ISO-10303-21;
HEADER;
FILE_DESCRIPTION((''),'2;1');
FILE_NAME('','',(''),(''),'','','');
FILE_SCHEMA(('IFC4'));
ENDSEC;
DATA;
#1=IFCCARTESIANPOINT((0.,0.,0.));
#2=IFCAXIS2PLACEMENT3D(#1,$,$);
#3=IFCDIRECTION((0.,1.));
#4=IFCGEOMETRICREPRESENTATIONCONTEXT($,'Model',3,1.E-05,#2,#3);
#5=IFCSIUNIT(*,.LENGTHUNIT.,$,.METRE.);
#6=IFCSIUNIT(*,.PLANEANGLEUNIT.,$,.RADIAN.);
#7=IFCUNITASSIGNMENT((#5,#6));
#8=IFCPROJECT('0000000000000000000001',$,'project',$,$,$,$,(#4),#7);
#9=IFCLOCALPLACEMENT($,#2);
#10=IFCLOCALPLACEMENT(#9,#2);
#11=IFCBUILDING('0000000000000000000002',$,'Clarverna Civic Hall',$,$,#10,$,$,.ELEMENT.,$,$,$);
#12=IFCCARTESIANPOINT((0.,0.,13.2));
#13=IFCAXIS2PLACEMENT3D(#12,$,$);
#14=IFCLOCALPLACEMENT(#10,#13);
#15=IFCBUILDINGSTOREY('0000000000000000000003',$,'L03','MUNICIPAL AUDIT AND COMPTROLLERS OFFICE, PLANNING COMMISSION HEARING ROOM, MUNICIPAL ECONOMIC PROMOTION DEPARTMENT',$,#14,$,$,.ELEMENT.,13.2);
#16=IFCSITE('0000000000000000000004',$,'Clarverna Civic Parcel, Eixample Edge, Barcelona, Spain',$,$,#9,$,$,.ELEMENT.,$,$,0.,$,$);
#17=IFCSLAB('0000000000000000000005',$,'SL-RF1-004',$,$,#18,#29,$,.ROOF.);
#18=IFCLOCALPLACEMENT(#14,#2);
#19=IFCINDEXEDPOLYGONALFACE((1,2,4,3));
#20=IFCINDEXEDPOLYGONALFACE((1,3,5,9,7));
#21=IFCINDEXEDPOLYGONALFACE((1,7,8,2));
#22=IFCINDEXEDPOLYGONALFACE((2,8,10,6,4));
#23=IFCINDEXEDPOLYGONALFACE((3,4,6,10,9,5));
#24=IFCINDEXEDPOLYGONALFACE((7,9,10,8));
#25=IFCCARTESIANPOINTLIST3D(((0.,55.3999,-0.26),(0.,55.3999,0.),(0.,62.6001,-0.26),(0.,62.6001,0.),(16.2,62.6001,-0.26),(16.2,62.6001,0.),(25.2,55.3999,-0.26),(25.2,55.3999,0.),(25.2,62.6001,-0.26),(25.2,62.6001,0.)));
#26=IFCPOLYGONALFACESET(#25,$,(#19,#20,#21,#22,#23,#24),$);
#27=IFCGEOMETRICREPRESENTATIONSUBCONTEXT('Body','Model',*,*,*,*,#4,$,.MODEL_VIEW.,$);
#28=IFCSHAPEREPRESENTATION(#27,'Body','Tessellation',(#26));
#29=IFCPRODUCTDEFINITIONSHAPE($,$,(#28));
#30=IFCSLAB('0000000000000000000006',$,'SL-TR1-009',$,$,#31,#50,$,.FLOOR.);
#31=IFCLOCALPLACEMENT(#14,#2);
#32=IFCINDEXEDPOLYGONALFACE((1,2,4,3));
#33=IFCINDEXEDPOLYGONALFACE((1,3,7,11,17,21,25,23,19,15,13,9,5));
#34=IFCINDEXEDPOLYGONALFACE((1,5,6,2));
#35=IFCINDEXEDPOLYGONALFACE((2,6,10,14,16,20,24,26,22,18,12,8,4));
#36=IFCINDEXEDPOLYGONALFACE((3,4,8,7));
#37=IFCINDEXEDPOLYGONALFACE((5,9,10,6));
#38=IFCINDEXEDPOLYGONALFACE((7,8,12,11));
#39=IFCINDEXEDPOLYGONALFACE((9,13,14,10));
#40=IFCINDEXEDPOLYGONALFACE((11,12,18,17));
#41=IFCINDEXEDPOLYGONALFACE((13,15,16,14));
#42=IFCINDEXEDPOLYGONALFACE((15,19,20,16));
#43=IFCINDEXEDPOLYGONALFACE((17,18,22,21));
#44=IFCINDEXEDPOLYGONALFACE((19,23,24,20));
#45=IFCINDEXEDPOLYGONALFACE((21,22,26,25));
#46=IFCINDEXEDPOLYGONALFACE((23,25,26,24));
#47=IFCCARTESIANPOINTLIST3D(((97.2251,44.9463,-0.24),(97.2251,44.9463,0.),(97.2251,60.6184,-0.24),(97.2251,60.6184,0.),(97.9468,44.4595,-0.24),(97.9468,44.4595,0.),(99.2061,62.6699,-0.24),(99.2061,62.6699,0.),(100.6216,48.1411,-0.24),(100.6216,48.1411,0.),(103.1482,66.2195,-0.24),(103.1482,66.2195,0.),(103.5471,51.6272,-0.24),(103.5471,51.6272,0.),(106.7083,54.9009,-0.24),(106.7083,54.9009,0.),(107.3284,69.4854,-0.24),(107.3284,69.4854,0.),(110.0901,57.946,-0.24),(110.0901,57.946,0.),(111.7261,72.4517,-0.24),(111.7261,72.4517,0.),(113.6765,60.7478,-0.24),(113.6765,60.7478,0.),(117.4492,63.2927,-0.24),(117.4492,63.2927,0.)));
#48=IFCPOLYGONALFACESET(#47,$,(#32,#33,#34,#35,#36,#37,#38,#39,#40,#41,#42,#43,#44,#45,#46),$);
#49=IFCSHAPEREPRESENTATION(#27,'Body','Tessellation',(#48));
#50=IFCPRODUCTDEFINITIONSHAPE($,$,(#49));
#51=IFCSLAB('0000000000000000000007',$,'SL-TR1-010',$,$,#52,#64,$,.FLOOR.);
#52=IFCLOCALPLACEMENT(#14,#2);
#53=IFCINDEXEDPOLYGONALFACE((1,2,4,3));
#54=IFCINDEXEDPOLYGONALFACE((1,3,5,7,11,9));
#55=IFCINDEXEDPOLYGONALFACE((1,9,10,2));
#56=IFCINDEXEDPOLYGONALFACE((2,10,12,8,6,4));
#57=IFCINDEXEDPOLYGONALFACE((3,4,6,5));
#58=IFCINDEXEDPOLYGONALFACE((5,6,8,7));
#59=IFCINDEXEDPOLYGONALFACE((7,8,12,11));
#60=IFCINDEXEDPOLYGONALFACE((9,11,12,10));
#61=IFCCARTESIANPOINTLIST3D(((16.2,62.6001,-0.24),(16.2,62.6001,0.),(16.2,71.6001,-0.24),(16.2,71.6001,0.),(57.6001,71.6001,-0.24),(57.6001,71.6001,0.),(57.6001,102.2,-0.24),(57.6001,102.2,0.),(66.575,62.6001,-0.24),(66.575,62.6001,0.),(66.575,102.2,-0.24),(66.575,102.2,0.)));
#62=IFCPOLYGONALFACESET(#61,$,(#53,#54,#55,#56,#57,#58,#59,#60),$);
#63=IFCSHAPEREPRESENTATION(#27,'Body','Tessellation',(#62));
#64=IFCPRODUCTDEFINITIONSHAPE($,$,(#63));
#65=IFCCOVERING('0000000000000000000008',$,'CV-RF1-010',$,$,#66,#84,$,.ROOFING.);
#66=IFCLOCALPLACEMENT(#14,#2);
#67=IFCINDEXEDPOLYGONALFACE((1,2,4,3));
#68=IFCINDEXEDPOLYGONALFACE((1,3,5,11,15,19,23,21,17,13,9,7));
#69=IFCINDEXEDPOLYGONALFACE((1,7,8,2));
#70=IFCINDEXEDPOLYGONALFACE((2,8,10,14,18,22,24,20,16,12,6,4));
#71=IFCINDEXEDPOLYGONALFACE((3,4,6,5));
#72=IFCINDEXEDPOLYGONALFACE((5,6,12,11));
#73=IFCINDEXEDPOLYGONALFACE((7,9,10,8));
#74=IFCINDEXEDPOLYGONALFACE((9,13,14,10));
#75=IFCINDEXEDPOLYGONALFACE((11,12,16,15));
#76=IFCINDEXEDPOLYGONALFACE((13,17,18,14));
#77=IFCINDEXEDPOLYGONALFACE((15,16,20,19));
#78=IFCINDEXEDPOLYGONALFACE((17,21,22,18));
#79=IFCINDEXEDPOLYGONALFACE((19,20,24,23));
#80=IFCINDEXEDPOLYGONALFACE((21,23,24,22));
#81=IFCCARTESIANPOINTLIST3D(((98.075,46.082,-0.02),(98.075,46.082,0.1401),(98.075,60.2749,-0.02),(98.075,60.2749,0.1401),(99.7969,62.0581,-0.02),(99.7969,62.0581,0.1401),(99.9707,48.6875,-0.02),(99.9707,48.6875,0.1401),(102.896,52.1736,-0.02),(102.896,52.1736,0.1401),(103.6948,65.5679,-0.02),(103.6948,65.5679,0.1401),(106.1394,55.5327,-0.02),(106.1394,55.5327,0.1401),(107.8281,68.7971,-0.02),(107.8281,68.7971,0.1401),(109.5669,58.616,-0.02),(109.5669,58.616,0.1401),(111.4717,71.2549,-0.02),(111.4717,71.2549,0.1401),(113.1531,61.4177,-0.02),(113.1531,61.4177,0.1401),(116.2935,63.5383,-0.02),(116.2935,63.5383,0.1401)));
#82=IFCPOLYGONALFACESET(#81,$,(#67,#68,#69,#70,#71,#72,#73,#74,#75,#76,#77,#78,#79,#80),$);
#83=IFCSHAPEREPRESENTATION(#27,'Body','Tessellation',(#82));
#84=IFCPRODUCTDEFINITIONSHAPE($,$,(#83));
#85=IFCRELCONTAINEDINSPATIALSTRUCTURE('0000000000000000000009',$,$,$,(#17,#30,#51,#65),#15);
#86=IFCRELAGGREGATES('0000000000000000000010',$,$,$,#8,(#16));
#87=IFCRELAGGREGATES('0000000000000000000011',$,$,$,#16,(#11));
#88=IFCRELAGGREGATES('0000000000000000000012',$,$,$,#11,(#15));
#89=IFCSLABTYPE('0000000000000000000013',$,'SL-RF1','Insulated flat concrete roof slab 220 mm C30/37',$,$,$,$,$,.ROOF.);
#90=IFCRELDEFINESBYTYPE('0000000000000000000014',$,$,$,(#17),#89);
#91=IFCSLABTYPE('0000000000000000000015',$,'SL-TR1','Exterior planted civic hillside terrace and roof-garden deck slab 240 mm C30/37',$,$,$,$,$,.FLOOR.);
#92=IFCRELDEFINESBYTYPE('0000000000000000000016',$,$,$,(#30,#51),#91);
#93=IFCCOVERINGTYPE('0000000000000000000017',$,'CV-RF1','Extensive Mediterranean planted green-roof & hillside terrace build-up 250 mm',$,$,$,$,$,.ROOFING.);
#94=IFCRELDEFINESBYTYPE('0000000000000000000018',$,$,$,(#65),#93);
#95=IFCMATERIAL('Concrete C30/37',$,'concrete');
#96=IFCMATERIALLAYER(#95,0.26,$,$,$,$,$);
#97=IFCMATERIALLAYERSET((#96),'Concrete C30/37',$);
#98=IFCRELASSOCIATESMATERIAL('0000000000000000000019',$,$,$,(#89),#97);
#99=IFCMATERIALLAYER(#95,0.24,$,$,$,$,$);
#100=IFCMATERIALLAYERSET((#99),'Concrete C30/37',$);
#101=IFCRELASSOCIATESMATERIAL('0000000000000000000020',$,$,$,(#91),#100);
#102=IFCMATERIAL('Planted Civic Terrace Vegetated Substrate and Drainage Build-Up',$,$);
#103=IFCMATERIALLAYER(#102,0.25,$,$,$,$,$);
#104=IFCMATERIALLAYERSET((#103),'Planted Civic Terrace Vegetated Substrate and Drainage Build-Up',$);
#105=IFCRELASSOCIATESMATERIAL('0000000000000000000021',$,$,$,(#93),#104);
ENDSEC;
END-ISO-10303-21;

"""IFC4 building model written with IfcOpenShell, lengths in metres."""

from ifc_helpers import new_model, si_unit, direction, frame, origin, place, context, subcontext, project, spatial, polyline, outline, extrude, material, layer, layer_set, type_object, element, save


model = new_model("IFC4")

# Units and contexts
model_context = context("Model", 3, precision=1e-05, world=origin(), true_north=direction((0.0, 1.0)))
body_context = subcontext(model_context, "Body", "Model", "MODEL_VIEW")
ifc_project = project(units=[si_unit("LENGTHUNIT", "METRE"), si_unit("PLANEANGLEUNIT", "RADIAN")], contexts=[model_context])

# Site, building, storey
site_placement = place(None, origin())
site = spatial("IfcSite", under=ifc_project, at=site_placement, Name="Clarverna Civic Parcel, Eixample Edge, Barcelona, Spain", CompositionType="ELEMENT", RefElevation=0.0)
building_placement = place(site_placement, origin())
building = spatial("IfcBuilding", under=site, at=building_placement, Name="Clarverna Civic Hall", CompositionType="ELEMENT")
storey_placement = place(building_placement, frame((0.0, 0.0, 13.2)))
storey = spatial("IfcBuildingStorey", under=building, at=storey_placement, Name="L03", Description="MUNICIPAL AUDIT AND COMPTROLLERS OFFICE, PLANNING COMMISSION HEARING ROOM, MUNICIPAL ECONOMIC PROMOTION DEPARTMENT", CompositionType="ELEMENT", Elevation=13.2)

# Shared definitions
ifc_material_1 = material(Name="Concrete C30/37", Category="concrete")

# Shared definitions
ifc_layer_1 = layer(ifc_material_1, 0.26)
ifc_layer_set_1 = layer_set([ifc_layer_1], Name="Concrete C30/37")
slab_type_1 = type_object("IfcSlabType", Name="SL-RF1", Description="Insulated flat concrete roof slab 220 mm C30/37", PredefinedType="ROOF", material=ifc_layer_set_1)

# Slabs
slab_1_placement = place(storey_placement, frame((0.0, 0.0, -0.26)))
element("IfcSlab", 1, at=slab_1_placement, inside=storey, type_object=slab_type_1, Name="SL-RF1-004", PredefinedType="ROOF", context=body_context, shape_type="SweptSolid", body=[
    extrude(outline(polyline([(0.0, 62.6001), (0.0, 55.3999), (25.2, 55.3999), (25.2, 62.6001), (16.2, 62.6001), (0.0, 62.6001)])), origin(), (0.0, 0.0, 1.0), 0.26),
])
ifc_layer_2 = layer(ifc_material_1, 0.24)
ifc_layer_set_2 = layer_set([ifc_layer_2], Name="Concrete C30/37")
slab_type_2 = type_object("IfcSlabType", Name="SL-TR1", Description="Exterior planted civic hillside terrace and roof-garden deck slab 240 mm C30/37", PredefinedType="FLOOR", material=ifc_layer_set_2)
slab_2_placement = place(storey_placement, frame((0.0, 0.0, -0.24)))
element("IfcSlab", 2, at=slab_2_placement, inside=storey, type_object=slab_type_2, Name="SL-TR1-009", PredefinedType="FLOOR", context=body_context, shape_type="SweptSolid", body=[
    extrude(outline(polyline([(110.0901, 57.946), (113.6765, 60.7478), (117.4492, 63.2927), (111.7261, 72.4517), (107.3284, 69.4854), (103.1482, 66.2195), (99.2061, 62.6699), (97.2251, 60.6184), (97.2251, 44.9463), (97.9468, 44.4595), (100.6216, 48.1411), (103.5471, 51.6272), (106.7083, 54.9009), (110.0901, 57.946)])), origin(), (0.0, 0.0, 1.0), 0.24),
])
slab_3_placement = place(storey_placement, frame((0.0, 0.0, -0.24)))
element("IfcSlab", 3, at=slab_3_placement, inside=storey, type_object=slab_type_2, Name="SL-TR1-010", PredefinedType="FLOOR", context=body_context, shape_type="SweptSolid", body=[
    extrude(outline(polyline([(16.2, 62.6001), (66.575, 62.6001), (66.575, 102.2), (57.6001, 102.2), (57.6001, 71.6001), (16.2, 71.6001), (16.2, 62.6001)])), origin(), (0.0, 0.0, 1.0), 0.24),
])

# Covering
ifc_material_2 = material(Name="Planted Civic Terrace Vegetated Substrate and Drainage Build-Up")
ifc_layer_3 = layer(ifc_material_2, 0.25)
ifc_layer_set_3 = layer_set([ifc_layer_3], Name="Planted Civic Terrace Vegetated Substrate and Drainage Build-Up")
covering_type = type_object("IfcCoveringType", Name="CV-RF1", Description="Extensive Mediterranean planted green-roof & hillside terrace build-up 250 mm", PredefinedType="ROOFING", material=ifc_layer_set_3)
covering_placement = place(storey_placement, frame((0.0, 0.0, -0.02)))
element("IfcCovering", 4, at=covering_placement, inside=storey, type_object=covering_type, Name="CV-RF1-010", PredefinedType="ROOFING", context=body_context, shape_type="SweptSolid", body=[
    extrude(outline(polyline([(98.075, 46.082), (98.075, 60.2749), (99.7969, 62.0581), (103.6948, 65.5679), (107.8281, 68.7971), (111.4717, 71.2549), (116.2935, 63.5383), (113.1531, 61.4177), (109.5669, 58.616), (106.1394, 55.5327), (102.896, 52.1736), (99.9707, 48.6875), (98.075, 46.082)])), origin(), (0.0, 0.0, 1.0), 0.1602),
])

save(model, "model.ifc")
